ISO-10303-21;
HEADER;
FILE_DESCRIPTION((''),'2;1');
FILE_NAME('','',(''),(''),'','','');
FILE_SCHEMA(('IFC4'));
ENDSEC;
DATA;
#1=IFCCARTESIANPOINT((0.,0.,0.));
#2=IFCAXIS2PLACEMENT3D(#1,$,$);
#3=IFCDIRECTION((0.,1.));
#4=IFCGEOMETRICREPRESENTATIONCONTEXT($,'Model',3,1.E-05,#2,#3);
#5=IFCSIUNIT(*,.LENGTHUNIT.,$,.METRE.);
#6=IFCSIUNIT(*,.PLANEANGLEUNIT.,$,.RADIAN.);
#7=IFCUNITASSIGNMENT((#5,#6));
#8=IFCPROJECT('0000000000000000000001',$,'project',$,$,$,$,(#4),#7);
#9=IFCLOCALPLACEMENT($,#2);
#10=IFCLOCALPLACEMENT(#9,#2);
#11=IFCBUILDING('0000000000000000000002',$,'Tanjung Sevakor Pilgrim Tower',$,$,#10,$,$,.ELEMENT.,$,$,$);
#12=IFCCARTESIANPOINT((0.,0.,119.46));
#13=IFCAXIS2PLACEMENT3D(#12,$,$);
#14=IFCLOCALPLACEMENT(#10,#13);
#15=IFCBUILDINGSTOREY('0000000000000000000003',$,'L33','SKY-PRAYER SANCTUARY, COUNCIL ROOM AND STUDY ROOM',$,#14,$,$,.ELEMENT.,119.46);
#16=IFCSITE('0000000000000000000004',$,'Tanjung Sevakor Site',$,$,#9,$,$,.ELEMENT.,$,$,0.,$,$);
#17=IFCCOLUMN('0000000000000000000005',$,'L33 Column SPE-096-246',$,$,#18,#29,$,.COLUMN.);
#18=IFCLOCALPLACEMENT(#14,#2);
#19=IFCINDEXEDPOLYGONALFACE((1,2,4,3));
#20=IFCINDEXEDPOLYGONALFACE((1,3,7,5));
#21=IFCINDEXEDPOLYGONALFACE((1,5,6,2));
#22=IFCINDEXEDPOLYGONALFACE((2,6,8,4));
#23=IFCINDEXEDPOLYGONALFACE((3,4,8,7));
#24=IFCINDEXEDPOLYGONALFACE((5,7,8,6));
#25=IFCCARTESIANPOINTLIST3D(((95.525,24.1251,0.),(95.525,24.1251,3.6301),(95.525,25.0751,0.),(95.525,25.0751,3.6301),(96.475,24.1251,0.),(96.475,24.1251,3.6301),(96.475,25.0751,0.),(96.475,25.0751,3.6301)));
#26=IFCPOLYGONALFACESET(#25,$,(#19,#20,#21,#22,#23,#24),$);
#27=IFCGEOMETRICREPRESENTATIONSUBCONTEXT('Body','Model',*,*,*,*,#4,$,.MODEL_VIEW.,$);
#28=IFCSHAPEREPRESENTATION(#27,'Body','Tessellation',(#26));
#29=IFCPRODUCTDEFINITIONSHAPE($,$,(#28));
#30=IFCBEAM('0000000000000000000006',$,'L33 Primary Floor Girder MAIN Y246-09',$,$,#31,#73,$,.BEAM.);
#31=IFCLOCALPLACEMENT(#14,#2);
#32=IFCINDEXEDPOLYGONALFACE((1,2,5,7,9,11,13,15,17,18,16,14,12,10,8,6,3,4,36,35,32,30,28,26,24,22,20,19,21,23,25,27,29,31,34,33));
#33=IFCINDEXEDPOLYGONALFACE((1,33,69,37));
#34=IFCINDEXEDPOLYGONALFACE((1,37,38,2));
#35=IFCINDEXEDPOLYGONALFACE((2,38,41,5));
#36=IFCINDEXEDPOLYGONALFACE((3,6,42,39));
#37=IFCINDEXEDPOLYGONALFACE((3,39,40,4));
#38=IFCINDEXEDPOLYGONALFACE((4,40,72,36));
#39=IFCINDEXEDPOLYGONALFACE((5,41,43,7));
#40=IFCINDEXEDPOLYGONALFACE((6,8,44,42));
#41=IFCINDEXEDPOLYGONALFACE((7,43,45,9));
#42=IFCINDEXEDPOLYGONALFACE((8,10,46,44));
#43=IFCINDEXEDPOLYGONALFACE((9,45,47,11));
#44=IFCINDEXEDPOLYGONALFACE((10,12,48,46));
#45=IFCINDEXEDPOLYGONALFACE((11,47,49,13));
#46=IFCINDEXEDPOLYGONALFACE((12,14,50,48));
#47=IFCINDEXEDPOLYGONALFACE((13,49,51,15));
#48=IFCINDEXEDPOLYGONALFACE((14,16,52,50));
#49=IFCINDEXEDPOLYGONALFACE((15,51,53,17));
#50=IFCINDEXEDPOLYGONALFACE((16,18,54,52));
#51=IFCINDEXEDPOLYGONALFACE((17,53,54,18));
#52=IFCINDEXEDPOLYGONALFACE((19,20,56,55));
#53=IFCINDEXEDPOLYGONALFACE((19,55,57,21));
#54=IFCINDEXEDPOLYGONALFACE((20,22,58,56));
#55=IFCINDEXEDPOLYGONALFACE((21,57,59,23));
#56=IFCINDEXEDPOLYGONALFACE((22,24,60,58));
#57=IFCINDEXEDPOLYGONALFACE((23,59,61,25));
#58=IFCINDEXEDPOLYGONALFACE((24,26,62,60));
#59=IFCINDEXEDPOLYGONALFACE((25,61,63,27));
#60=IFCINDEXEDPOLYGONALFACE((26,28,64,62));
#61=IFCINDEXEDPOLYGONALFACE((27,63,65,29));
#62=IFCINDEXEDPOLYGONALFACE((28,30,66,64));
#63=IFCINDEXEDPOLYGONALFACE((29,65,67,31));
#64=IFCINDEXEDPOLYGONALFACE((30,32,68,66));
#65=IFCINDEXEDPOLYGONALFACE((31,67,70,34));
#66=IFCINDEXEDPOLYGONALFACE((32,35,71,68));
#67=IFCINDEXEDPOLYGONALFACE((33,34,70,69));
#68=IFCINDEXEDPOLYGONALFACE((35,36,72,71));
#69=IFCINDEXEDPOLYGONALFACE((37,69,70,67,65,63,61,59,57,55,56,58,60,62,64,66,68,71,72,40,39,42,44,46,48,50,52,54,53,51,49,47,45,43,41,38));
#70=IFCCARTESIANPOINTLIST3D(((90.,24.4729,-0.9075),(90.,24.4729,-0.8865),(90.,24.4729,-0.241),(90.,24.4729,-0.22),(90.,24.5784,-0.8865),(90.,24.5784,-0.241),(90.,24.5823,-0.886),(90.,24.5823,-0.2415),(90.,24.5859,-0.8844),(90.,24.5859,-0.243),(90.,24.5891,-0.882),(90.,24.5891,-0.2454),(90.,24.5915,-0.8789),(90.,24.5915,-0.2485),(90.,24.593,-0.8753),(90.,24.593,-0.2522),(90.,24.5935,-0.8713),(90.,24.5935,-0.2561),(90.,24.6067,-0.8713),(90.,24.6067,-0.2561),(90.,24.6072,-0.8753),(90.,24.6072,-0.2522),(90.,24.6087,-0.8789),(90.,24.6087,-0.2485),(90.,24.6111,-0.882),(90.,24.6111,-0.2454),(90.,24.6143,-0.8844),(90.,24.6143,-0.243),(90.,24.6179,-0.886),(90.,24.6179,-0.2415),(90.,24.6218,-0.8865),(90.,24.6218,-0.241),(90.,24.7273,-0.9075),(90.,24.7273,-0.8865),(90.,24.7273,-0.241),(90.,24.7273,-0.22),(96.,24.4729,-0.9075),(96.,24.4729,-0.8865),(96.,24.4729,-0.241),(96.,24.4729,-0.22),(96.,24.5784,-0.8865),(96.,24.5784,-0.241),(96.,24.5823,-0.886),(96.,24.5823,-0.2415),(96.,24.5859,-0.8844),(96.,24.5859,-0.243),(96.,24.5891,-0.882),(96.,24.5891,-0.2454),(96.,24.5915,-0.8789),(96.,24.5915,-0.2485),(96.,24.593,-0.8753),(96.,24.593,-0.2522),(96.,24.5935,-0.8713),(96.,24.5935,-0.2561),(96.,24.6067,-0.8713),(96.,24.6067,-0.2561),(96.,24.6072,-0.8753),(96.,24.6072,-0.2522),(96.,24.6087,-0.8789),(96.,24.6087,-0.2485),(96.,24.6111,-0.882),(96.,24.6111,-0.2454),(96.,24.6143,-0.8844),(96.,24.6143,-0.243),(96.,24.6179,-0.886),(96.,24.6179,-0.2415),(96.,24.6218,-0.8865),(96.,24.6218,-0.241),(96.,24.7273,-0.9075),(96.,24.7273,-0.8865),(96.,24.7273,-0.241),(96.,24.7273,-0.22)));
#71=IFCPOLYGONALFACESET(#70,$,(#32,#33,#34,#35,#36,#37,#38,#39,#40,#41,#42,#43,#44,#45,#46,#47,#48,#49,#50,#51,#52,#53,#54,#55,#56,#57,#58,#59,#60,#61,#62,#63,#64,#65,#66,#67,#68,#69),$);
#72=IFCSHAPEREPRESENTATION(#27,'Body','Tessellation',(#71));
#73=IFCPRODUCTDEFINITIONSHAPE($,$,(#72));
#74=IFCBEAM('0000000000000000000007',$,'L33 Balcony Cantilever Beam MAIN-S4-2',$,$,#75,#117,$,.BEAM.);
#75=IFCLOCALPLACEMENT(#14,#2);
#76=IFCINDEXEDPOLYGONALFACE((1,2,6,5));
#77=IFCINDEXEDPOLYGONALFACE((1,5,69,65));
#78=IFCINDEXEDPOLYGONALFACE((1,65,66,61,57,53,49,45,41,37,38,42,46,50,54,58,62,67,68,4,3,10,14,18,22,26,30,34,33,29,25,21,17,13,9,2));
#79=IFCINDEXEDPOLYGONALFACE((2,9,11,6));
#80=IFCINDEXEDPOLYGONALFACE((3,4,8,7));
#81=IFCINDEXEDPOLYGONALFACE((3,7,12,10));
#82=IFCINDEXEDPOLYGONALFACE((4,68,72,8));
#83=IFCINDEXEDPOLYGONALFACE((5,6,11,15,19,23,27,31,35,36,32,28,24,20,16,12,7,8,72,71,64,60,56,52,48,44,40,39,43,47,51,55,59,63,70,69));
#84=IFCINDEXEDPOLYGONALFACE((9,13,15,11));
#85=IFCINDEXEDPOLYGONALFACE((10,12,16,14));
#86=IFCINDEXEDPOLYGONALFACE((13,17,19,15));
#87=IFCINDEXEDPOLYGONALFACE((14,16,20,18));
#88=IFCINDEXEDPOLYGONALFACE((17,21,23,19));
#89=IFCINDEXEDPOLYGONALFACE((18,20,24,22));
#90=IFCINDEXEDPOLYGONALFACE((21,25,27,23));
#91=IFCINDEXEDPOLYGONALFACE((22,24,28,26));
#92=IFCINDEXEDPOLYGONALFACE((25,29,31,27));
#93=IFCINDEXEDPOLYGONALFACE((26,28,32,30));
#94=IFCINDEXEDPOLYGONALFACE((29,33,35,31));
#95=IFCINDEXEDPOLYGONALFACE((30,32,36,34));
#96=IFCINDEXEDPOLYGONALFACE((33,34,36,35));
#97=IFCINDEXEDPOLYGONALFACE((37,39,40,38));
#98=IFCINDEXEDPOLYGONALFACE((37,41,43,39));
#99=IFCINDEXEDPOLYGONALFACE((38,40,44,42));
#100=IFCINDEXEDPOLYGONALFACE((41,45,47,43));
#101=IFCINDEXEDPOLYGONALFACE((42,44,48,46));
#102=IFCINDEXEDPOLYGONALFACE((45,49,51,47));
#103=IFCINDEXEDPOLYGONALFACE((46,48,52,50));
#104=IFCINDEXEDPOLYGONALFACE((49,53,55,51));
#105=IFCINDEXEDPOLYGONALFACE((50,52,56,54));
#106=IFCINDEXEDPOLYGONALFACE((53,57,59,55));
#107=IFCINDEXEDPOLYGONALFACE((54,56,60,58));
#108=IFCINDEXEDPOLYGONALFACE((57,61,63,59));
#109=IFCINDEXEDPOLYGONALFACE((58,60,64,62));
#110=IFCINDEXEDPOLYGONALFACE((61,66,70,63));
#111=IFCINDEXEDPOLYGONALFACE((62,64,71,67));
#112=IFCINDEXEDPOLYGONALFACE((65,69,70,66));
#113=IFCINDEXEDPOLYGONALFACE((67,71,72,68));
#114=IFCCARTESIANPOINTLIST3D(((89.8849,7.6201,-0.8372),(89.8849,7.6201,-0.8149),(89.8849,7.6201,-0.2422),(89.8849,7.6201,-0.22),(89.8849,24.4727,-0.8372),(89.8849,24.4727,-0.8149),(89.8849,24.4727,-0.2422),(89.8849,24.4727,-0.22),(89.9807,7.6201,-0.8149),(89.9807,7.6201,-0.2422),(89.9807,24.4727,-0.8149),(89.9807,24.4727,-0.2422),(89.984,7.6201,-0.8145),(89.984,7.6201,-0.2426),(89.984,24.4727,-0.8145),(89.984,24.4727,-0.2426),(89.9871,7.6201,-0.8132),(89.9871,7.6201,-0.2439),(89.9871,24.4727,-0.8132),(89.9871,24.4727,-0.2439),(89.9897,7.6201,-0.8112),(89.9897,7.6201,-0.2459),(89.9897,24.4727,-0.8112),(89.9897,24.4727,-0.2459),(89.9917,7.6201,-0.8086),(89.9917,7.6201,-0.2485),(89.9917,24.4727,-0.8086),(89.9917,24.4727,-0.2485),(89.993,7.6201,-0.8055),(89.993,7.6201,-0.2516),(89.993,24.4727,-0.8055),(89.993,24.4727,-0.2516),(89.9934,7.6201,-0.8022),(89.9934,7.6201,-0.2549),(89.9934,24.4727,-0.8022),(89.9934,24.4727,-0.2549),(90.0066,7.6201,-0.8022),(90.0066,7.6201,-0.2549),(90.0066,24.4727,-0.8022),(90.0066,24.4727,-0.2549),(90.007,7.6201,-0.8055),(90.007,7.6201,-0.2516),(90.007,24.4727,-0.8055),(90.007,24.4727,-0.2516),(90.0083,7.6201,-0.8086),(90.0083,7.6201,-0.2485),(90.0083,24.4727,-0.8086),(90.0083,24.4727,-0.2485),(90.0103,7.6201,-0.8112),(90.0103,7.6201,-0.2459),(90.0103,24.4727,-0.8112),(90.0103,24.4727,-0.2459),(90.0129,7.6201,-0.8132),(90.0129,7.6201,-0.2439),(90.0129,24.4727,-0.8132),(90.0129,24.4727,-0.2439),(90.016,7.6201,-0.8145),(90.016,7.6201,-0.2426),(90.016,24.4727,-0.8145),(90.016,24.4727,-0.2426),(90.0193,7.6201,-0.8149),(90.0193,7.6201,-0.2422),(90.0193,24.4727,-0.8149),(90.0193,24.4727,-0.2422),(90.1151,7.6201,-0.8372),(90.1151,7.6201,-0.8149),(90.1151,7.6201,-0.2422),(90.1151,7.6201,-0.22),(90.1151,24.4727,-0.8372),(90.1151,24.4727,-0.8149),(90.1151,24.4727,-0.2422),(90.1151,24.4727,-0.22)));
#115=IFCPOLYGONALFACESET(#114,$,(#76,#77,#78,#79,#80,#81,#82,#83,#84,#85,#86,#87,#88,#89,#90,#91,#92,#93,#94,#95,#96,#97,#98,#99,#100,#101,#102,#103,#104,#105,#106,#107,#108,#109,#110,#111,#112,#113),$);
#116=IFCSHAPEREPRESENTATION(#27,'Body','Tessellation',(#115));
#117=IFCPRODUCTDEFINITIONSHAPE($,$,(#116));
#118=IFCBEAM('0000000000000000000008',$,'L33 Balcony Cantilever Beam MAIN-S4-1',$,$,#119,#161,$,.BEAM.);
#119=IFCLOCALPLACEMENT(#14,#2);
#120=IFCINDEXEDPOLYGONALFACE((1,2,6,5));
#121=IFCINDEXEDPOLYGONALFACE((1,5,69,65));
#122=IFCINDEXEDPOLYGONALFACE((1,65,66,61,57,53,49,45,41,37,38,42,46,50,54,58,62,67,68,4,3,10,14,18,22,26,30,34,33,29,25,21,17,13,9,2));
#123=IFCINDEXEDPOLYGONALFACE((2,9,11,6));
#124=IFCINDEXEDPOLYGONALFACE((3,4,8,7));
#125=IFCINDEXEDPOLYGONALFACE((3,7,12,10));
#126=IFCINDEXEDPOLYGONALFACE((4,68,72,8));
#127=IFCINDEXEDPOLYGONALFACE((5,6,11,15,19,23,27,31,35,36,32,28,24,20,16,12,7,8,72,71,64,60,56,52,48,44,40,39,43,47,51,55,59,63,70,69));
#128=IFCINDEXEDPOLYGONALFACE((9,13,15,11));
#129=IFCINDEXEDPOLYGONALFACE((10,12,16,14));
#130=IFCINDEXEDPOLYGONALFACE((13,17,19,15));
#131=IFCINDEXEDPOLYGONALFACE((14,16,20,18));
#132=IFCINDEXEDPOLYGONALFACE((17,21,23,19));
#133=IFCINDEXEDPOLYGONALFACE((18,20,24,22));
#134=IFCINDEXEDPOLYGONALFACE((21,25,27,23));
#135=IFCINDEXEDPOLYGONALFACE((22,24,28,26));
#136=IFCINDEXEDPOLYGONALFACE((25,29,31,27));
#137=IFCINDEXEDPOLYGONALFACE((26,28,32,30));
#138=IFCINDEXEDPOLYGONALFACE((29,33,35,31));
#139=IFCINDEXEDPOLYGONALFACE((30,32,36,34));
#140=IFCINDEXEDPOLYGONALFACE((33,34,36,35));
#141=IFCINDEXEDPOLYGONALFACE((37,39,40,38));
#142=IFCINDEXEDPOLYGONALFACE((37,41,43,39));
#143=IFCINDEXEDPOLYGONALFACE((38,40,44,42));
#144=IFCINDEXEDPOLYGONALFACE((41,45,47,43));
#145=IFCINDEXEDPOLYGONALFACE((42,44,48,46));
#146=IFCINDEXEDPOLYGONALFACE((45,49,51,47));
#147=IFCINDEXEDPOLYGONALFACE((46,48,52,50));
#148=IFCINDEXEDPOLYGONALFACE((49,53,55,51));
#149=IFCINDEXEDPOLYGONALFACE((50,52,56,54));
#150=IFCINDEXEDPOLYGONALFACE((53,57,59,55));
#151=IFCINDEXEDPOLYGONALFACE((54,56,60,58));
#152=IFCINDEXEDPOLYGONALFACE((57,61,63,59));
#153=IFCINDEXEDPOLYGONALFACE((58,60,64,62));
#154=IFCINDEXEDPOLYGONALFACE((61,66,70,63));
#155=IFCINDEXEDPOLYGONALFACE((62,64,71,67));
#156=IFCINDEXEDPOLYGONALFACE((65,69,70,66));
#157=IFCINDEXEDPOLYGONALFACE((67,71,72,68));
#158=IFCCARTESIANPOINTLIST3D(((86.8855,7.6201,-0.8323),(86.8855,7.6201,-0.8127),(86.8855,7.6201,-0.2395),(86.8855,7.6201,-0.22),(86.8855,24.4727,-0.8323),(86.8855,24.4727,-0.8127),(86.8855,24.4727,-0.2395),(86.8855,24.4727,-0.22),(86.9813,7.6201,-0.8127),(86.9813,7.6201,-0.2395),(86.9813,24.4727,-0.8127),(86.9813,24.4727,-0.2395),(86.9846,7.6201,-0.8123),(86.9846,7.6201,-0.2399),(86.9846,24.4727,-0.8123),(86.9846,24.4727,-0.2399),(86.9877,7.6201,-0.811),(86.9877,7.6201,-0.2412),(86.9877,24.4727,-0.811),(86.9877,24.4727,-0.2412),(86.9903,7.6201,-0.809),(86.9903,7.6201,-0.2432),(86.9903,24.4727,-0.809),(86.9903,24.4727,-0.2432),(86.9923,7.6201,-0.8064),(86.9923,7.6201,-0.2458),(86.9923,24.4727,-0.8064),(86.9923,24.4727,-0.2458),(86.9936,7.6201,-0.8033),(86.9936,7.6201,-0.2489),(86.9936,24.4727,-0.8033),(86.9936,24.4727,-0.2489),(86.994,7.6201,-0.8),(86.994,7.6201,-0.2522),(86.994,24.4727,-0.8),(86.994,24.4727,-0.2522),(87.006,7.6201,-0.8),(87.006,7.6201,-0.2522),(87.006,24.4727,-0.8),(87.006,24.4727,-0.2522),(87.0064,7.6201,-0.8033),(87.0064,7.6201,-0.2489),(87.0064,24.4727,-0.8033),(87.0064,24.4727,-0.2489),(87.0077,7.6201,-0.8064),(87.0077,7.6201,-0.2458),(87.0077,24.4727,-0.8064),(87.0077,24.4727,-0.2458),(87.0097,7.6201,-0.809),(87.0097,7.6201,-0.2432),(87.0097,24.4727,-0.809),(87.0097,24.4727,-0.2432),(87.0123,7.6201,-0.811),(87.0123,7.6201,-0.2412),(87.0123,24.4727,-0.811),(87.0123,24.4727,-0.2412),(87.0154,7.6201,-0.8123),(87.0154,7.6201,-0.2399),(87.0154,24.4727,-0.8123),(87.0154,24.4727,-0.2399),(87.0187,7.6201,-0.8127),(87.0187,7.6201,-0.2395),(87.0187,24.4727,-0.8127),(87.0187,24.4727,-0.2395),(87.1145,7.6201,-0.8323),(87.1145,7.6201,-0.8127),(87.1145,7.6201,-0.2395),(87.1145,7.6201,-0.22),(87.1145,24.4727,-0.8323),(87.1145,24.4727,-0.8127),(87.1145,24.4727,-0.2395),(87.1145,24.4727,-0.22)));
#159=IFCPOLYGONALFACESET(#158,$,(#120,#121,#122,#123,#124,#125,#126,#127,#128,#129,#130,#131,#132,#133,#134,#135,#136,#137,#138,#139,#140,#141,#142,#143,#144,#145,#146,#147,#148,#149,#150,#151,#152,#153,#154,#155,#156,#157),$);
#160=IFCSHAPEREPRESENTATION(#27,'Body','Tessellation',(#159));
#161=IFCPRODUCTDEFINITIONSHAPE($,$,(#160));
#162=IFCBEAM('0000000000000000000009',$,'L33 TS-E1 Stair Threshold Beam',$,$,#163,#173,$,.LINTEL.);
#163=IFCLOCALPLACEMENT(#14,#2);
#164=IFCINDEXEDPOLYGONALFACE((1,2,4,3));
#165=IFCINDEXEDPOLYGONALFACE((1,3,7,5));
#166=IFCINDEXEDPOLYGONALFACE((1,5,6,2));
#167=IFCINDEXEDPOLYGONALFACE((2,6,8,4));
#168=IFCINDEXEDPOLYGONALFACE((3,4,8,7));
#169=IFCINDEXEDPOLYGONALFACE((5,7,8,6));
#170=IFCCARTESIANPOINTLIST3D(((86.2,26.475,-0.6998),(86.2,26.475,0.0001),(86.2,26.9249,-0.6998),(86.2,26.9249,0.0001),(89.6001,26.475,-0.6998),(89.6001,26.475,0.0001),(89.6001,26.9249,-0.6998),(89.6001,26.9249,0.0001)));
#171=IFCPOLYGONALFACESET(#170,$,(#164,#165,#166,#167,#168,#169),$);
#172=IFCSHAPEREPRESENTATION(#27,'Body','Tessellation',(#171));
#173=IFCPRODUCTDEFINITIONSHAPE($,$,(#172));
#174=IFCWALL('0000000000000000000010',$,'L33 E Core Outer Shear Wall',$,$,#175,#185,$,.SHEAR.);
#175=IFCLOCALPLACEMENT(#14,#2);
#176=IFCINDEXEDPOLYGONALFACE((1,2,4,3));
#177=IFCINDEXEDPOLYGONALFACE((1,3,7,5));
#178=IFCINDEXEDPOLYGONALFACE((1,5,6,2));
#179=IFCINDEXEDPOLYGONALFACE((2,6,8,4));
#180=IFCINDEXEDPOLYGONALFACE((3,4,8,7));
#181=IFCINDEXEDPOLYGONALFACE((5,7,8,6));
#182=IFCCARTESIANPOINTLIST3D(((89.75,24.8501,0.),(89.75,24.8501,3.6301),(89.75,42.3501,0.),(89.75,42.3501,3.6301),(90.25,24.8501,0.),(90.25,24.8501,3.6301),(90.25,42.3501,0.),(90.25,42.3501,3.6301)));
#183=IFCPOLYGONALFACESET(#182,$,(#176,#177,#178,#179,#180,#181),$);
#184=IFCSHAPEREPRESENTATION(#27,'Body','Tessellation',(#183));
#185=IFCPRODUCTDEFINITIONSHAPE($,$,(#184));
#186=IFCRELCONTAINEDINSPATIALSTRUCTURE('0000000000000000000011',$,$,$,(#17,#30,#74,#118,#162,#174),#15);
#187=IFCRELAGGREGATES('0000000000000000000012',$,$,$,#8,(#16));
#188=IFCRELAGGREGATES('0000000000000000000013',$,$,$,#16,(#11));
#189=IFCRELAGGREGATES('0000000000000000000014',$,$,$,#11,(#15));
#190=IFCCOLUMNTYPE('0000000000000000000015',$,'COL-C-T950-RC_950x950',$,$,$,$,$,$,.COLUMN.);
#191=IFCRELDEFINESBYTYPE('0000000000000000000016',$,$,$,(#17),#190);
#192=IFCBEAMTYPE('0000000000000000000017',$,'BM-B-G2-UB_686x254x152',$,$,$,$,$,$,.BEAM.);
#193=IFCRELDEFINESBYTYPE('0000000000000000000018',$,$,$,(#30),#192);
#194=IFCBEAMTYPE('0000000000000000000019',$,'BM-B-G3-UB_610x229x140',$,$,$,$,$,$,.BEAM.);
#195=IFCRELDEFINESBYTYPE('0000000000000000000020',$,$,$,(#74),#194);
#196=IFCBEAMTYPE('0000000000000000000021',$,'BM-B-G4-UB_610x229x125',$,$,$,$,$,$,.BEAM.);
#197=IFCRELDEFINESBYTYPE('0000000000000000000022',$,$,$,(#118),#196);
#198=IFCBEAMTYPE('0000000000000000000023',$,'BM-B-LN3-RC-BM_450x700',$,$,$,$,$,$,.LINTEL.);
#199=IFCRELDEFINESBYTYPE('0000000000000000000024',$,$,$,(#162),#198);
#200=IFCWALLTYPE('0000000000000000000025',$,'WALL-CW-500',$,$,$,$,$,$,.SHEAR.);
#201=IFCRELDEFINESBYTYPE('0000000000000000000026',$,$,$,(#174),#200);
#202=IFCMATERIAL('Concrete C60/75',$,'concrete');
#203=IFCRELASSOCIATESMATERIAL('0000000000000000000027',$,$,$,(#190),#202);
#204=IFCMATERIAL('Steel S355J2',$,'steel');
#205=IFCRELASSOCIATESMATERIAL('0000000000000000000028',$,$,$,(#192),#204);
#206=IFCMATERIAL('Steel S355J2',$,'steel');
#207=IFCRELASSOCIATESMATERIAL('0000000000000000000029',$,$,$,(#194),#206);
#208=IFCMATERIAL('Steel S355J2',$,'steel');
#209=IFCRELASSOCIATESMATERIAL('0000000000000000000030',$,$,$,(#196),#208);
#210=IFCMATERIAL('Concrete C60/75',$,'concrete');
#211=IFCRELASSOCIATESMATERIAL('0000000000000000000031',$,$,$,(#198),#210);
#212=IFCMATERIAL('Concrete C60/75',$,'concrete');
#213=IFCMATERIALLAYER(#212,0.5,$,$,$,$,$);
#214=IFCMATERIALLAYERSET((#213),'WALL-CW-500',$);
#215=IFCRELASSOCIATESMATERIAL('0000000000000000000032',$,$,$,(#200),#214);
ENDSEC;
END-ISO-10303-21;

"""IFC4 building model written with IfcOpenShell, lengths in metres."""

from ifc_helpers import new_model, si_unit, direction, frame, frame_2d, origin, origin_2d, place, context, subcontext, project, spatial, rectangle, i_section, extrude, material, layer, layer_set, material_profile, profile_set, type_object, element, save


model = new_model("IFC4")

# Units and contexts
model_context = context("Model", 3, precision=1e-05, world=origin(), true_north=direction((0.0, 1.0)))
body_context = subcontext(model_context, "Body", "Model", "MODEL_VIEW")
ifc_project = project(units=[si_unit("LENGTHUNIT", "METRE"), si_unit("PLANEANGLEUNIT", "RADIAN")], contexts=[model_context])

# Site, building, storey
site_placement = place(None, origin())
site = spatial("IfcSite", under=ifc_project, at=site_placement, Name="Tanjung Sevakor Site", CompositionType="ELEMENT", RefElevation=0.0)
building_placement = place(site_placement, origin())
building = spatial("IfcBuilding", under=site, at=building_placement, Name="Tanjung Sevakor Pilgrim Tower", CompositionType="ELEMENT")
storey_placement = place(building_placement, frame((0.0, 0.0, 119.46)))
storey = spatial("IfcBuildingStorey", under=building, at=storey_placement, Name="L33", Description="SKY-PRAYER SANCTUARY, COUNCIL ROOM AND STUDY ROOM", CompositionType="ELEMENT", Elevation=119.46)

# Column
ifc_material_1 = material(Name="Concrete C60/75", Category="concrete")
ifc_material_profile_1 = material_profile(ifc_material_1, rectangle(XDim=0.95, YDim=0.95, at=origin_2d()))
ifc_profile_set_1 = profile_set([ifc_material_profile_1], Name="Concrete C60/75")
column_type = type_object("IfcColumnType", Name="COL-C-T950-RC_950x950", PredefinedType="COLUMN", material=ifc_profile_set_1)
column_placement = place(storey_placement, frame((96.0, 24.6001, 0.0), z_axis=(0.0, 0.0, 1.0), x_axis=(1.0, 0.0, 0.0)))
element("IfcColumn", 1, at=column_placement, inside=storey, type_object=column_type, Name="L33 Column SPE-096-246", PredefinedType="COLUMN", context=body_context, shape_type="SweptSolid", body=[
    extrude(rectangle(XDim=0.95, YDim=0.95, at=origin_2d()), origin(), (0.0, 0.0, 1.0), 3.6301),
])

# Beams
ifc_material_2 = material(Name="Steel S355J2", Category="steel")
ifc_material_profile_2 = material_profile(ifc_material_2, i_section(OverallWidth=0.2544, OverallDepth=0.6875, WebThickness=0.0132, FlangeThickness=0.021, FilletRadius=0.0151, at=origin_2d()))
ifc_profile_set_2 = profile_set([ifc_material_profile_2], Name="Steel S355J2")
beam_type_1 = type_object("IfcBeamType", Name="BM-B-G2-UB_686x254x152", PredefinedType="BEAM", material=ifc_profile_set_2)
beam_1_placement = place(storey_placement, frame((90.0, 24.6001, -0.5637), z_axis=(1.0, 0.0, 0.0), x_axis=(0.0, 1.0, 0.0)))
element("IfcBeam", 2, at=beam_1_placement, inside=storey, type_object=beam_type_1, Name="L33 Primary Floor Girder MAIN Y246-09", PredefinedType="BEAM", context=body_context, shape_type="SweptSolid", body=[
    extrude(i_section(OverallWidth=0.2544, OverallDepth=0.6875, WebThickness=0.0132, FlangeThickness=0.021, FilletRadius=0.0151, at=origin_2d()), origin(), (0.0, 0.0, 1.0), 6.0),
])
ifc_material_3 = material(Name="Steel S355J2", Category="steel")
ifc_material_profile_3 = material_profile(ifc_material_3, i_section(OverallWidth=0.2302, OverallDepth=0.6172, WebThickness=0.0132, FlangeThickness=0.0222, FilletRadius=0.0127, at=origin_2d()))
ifc_profile_set_3 = profile_set([ifc_material_profile_3], Name="Steel S355J2")
beam_type_2 = type_object("IfcBeamType", Name="BM-B-G3-UB_610x229x140", PredefinedType="BEAM", material=ifc_profile_set_3)
beam_2_placement = place(storey_placement, frame((90.0, 24.4727, -0.5286), z_axis=(0.0, -1.0, 0.0), x_axis=(1.0, 0.0, 0.0)))
element("IfcBeam", 3, at=beam_2_placement, inside=storey, type_object=beam_type_2, Name="L33 Balcony Cantilever Beam MAIN-S4-2", PredefinedType="BEAM", context=body_context, shape_type="SweptSolid", body=[
    extrude(i_section(OverallWidth=0.2302, OverallDepth=0.6172, WebThickness=0.0132, FlangeThickness=0.0222, FilletRadius=0.0127, at=origin_2d()), origin(), (0.0, 0.0, 1.0), 16.8525),
])
ifc_material_4 = material(Name="Steel S355J2", Category="steel")
ifc_material_profile_4 = material_profile(ifc_material_4, i_section(OverallWidth=0.229, OverallDepth=0.6123, WebThickness=0.012, FlangeThickness=0.0195, FilletRadius=0.0127, at=origin_2d()))
ifc_profile_set_4 = profile_set([ifc_material_profile_4], Name="Steel S355J2")
beam_type_3 = type_object("IfcBeamType", Name="BM-B-G4-UB_610x229x125", PredefinedType="BEAM", material=ifc_profile_set_4)
beam_3_placement = place(storey_placement, frame((87.0, 24.4727, -0.5261), z_axis=(0.0, -1.0, 0.0), x_axis=(1.0, 0.0, 0.0)))
element("IfcBeam", 4, at=beam_3_placement, inside=storey, type_object=beam_type_3, Name="L33 Balcony Cantilever Beam MAIN-S4-1", PredefinedType="BEAM", context=body_context, shape_type="SweptSolid", body=[
    extrude(i_section(OverallWidth=0.229, OverallDepth=0.6123, WebThickness=0.012, FlangeThickness=0.0195, FilletRadius=0.0127, at=origin_2d()), origin(), (0.0, 0.0, 1.0), 16.8525),
])
ifc_material_5 = material(Name="Concrete C60/75", Category="concrete")
ifc_material_profile_5 = material_profile(ifc_material_5, rectangle(XDim=0.45, YDim=0.7, at=origin_2d()))
ifc_profile_set_5 = profile_set([ifc_material_profile_5], Name="Concrete C60/75")
beam_type_4 = type_object("IfcBeamType", Name="BM-B-LN3-RC-BM_450x700", PredefinedType="LINTEL", material=ifc_profile_set_5)
beam_4_placement = place(storey_placement, frame((86.2, 26.7, -0.3499), z_axis=(1.0, 0.0, 0.0), x_axis=(0.0, 1.0, 0.0)))
element("IfcBeam", 5, at=beam_4_placement, inside=storey, type_object=beam_type_4, Name="L33 TS-E1 Stair Threshold Beam", PredefinedType="LINTEL", context=body_context, shape_type="SweptSolid", body=[
    extrude(rectangle(XDim=0.45, YDim=0.7, at=origin_2d()), origin(), (0.0, 0.0, 1.0), 3.4001),
])

# Wall
ifc_material_6 = material(Name="Concrete C60/75", Category="concrete")
ifc_layer_1 = layer(ifc_material_6, 0.5)
ifc_layer_set_1 = layer_set([ifc_layer_1], Name="WALL-CW-500")
wall_type_1 = type_object("IfcWallType", Name="WALL-CW-500", PredefinedType="SHEAR", material=ifc_layer_set_1)
wall_1_placement = place(storey_placement, frame((90.0, 24.8501, 0.0), z_axis=(0.0, 0.0, 1.0), x_axis=(0.0, 1.0, 0.0)))
element("IfcWall", 6, at=wall_1_placement, inside=storey, type_object=wall_type_1, Name="L33 E Core Outer Shear Wall", PredefinedType="SHEAR", context=body_context, shape_type="SweptSolid", body=[
    extrude(rectangle(XDim=17.5, YDim=0.5, at=frame_2d((8.75, 0.0))), origin(), (0.0, 0.0, 1.0), 3.6301),
])

save(model, "model.ifc")
